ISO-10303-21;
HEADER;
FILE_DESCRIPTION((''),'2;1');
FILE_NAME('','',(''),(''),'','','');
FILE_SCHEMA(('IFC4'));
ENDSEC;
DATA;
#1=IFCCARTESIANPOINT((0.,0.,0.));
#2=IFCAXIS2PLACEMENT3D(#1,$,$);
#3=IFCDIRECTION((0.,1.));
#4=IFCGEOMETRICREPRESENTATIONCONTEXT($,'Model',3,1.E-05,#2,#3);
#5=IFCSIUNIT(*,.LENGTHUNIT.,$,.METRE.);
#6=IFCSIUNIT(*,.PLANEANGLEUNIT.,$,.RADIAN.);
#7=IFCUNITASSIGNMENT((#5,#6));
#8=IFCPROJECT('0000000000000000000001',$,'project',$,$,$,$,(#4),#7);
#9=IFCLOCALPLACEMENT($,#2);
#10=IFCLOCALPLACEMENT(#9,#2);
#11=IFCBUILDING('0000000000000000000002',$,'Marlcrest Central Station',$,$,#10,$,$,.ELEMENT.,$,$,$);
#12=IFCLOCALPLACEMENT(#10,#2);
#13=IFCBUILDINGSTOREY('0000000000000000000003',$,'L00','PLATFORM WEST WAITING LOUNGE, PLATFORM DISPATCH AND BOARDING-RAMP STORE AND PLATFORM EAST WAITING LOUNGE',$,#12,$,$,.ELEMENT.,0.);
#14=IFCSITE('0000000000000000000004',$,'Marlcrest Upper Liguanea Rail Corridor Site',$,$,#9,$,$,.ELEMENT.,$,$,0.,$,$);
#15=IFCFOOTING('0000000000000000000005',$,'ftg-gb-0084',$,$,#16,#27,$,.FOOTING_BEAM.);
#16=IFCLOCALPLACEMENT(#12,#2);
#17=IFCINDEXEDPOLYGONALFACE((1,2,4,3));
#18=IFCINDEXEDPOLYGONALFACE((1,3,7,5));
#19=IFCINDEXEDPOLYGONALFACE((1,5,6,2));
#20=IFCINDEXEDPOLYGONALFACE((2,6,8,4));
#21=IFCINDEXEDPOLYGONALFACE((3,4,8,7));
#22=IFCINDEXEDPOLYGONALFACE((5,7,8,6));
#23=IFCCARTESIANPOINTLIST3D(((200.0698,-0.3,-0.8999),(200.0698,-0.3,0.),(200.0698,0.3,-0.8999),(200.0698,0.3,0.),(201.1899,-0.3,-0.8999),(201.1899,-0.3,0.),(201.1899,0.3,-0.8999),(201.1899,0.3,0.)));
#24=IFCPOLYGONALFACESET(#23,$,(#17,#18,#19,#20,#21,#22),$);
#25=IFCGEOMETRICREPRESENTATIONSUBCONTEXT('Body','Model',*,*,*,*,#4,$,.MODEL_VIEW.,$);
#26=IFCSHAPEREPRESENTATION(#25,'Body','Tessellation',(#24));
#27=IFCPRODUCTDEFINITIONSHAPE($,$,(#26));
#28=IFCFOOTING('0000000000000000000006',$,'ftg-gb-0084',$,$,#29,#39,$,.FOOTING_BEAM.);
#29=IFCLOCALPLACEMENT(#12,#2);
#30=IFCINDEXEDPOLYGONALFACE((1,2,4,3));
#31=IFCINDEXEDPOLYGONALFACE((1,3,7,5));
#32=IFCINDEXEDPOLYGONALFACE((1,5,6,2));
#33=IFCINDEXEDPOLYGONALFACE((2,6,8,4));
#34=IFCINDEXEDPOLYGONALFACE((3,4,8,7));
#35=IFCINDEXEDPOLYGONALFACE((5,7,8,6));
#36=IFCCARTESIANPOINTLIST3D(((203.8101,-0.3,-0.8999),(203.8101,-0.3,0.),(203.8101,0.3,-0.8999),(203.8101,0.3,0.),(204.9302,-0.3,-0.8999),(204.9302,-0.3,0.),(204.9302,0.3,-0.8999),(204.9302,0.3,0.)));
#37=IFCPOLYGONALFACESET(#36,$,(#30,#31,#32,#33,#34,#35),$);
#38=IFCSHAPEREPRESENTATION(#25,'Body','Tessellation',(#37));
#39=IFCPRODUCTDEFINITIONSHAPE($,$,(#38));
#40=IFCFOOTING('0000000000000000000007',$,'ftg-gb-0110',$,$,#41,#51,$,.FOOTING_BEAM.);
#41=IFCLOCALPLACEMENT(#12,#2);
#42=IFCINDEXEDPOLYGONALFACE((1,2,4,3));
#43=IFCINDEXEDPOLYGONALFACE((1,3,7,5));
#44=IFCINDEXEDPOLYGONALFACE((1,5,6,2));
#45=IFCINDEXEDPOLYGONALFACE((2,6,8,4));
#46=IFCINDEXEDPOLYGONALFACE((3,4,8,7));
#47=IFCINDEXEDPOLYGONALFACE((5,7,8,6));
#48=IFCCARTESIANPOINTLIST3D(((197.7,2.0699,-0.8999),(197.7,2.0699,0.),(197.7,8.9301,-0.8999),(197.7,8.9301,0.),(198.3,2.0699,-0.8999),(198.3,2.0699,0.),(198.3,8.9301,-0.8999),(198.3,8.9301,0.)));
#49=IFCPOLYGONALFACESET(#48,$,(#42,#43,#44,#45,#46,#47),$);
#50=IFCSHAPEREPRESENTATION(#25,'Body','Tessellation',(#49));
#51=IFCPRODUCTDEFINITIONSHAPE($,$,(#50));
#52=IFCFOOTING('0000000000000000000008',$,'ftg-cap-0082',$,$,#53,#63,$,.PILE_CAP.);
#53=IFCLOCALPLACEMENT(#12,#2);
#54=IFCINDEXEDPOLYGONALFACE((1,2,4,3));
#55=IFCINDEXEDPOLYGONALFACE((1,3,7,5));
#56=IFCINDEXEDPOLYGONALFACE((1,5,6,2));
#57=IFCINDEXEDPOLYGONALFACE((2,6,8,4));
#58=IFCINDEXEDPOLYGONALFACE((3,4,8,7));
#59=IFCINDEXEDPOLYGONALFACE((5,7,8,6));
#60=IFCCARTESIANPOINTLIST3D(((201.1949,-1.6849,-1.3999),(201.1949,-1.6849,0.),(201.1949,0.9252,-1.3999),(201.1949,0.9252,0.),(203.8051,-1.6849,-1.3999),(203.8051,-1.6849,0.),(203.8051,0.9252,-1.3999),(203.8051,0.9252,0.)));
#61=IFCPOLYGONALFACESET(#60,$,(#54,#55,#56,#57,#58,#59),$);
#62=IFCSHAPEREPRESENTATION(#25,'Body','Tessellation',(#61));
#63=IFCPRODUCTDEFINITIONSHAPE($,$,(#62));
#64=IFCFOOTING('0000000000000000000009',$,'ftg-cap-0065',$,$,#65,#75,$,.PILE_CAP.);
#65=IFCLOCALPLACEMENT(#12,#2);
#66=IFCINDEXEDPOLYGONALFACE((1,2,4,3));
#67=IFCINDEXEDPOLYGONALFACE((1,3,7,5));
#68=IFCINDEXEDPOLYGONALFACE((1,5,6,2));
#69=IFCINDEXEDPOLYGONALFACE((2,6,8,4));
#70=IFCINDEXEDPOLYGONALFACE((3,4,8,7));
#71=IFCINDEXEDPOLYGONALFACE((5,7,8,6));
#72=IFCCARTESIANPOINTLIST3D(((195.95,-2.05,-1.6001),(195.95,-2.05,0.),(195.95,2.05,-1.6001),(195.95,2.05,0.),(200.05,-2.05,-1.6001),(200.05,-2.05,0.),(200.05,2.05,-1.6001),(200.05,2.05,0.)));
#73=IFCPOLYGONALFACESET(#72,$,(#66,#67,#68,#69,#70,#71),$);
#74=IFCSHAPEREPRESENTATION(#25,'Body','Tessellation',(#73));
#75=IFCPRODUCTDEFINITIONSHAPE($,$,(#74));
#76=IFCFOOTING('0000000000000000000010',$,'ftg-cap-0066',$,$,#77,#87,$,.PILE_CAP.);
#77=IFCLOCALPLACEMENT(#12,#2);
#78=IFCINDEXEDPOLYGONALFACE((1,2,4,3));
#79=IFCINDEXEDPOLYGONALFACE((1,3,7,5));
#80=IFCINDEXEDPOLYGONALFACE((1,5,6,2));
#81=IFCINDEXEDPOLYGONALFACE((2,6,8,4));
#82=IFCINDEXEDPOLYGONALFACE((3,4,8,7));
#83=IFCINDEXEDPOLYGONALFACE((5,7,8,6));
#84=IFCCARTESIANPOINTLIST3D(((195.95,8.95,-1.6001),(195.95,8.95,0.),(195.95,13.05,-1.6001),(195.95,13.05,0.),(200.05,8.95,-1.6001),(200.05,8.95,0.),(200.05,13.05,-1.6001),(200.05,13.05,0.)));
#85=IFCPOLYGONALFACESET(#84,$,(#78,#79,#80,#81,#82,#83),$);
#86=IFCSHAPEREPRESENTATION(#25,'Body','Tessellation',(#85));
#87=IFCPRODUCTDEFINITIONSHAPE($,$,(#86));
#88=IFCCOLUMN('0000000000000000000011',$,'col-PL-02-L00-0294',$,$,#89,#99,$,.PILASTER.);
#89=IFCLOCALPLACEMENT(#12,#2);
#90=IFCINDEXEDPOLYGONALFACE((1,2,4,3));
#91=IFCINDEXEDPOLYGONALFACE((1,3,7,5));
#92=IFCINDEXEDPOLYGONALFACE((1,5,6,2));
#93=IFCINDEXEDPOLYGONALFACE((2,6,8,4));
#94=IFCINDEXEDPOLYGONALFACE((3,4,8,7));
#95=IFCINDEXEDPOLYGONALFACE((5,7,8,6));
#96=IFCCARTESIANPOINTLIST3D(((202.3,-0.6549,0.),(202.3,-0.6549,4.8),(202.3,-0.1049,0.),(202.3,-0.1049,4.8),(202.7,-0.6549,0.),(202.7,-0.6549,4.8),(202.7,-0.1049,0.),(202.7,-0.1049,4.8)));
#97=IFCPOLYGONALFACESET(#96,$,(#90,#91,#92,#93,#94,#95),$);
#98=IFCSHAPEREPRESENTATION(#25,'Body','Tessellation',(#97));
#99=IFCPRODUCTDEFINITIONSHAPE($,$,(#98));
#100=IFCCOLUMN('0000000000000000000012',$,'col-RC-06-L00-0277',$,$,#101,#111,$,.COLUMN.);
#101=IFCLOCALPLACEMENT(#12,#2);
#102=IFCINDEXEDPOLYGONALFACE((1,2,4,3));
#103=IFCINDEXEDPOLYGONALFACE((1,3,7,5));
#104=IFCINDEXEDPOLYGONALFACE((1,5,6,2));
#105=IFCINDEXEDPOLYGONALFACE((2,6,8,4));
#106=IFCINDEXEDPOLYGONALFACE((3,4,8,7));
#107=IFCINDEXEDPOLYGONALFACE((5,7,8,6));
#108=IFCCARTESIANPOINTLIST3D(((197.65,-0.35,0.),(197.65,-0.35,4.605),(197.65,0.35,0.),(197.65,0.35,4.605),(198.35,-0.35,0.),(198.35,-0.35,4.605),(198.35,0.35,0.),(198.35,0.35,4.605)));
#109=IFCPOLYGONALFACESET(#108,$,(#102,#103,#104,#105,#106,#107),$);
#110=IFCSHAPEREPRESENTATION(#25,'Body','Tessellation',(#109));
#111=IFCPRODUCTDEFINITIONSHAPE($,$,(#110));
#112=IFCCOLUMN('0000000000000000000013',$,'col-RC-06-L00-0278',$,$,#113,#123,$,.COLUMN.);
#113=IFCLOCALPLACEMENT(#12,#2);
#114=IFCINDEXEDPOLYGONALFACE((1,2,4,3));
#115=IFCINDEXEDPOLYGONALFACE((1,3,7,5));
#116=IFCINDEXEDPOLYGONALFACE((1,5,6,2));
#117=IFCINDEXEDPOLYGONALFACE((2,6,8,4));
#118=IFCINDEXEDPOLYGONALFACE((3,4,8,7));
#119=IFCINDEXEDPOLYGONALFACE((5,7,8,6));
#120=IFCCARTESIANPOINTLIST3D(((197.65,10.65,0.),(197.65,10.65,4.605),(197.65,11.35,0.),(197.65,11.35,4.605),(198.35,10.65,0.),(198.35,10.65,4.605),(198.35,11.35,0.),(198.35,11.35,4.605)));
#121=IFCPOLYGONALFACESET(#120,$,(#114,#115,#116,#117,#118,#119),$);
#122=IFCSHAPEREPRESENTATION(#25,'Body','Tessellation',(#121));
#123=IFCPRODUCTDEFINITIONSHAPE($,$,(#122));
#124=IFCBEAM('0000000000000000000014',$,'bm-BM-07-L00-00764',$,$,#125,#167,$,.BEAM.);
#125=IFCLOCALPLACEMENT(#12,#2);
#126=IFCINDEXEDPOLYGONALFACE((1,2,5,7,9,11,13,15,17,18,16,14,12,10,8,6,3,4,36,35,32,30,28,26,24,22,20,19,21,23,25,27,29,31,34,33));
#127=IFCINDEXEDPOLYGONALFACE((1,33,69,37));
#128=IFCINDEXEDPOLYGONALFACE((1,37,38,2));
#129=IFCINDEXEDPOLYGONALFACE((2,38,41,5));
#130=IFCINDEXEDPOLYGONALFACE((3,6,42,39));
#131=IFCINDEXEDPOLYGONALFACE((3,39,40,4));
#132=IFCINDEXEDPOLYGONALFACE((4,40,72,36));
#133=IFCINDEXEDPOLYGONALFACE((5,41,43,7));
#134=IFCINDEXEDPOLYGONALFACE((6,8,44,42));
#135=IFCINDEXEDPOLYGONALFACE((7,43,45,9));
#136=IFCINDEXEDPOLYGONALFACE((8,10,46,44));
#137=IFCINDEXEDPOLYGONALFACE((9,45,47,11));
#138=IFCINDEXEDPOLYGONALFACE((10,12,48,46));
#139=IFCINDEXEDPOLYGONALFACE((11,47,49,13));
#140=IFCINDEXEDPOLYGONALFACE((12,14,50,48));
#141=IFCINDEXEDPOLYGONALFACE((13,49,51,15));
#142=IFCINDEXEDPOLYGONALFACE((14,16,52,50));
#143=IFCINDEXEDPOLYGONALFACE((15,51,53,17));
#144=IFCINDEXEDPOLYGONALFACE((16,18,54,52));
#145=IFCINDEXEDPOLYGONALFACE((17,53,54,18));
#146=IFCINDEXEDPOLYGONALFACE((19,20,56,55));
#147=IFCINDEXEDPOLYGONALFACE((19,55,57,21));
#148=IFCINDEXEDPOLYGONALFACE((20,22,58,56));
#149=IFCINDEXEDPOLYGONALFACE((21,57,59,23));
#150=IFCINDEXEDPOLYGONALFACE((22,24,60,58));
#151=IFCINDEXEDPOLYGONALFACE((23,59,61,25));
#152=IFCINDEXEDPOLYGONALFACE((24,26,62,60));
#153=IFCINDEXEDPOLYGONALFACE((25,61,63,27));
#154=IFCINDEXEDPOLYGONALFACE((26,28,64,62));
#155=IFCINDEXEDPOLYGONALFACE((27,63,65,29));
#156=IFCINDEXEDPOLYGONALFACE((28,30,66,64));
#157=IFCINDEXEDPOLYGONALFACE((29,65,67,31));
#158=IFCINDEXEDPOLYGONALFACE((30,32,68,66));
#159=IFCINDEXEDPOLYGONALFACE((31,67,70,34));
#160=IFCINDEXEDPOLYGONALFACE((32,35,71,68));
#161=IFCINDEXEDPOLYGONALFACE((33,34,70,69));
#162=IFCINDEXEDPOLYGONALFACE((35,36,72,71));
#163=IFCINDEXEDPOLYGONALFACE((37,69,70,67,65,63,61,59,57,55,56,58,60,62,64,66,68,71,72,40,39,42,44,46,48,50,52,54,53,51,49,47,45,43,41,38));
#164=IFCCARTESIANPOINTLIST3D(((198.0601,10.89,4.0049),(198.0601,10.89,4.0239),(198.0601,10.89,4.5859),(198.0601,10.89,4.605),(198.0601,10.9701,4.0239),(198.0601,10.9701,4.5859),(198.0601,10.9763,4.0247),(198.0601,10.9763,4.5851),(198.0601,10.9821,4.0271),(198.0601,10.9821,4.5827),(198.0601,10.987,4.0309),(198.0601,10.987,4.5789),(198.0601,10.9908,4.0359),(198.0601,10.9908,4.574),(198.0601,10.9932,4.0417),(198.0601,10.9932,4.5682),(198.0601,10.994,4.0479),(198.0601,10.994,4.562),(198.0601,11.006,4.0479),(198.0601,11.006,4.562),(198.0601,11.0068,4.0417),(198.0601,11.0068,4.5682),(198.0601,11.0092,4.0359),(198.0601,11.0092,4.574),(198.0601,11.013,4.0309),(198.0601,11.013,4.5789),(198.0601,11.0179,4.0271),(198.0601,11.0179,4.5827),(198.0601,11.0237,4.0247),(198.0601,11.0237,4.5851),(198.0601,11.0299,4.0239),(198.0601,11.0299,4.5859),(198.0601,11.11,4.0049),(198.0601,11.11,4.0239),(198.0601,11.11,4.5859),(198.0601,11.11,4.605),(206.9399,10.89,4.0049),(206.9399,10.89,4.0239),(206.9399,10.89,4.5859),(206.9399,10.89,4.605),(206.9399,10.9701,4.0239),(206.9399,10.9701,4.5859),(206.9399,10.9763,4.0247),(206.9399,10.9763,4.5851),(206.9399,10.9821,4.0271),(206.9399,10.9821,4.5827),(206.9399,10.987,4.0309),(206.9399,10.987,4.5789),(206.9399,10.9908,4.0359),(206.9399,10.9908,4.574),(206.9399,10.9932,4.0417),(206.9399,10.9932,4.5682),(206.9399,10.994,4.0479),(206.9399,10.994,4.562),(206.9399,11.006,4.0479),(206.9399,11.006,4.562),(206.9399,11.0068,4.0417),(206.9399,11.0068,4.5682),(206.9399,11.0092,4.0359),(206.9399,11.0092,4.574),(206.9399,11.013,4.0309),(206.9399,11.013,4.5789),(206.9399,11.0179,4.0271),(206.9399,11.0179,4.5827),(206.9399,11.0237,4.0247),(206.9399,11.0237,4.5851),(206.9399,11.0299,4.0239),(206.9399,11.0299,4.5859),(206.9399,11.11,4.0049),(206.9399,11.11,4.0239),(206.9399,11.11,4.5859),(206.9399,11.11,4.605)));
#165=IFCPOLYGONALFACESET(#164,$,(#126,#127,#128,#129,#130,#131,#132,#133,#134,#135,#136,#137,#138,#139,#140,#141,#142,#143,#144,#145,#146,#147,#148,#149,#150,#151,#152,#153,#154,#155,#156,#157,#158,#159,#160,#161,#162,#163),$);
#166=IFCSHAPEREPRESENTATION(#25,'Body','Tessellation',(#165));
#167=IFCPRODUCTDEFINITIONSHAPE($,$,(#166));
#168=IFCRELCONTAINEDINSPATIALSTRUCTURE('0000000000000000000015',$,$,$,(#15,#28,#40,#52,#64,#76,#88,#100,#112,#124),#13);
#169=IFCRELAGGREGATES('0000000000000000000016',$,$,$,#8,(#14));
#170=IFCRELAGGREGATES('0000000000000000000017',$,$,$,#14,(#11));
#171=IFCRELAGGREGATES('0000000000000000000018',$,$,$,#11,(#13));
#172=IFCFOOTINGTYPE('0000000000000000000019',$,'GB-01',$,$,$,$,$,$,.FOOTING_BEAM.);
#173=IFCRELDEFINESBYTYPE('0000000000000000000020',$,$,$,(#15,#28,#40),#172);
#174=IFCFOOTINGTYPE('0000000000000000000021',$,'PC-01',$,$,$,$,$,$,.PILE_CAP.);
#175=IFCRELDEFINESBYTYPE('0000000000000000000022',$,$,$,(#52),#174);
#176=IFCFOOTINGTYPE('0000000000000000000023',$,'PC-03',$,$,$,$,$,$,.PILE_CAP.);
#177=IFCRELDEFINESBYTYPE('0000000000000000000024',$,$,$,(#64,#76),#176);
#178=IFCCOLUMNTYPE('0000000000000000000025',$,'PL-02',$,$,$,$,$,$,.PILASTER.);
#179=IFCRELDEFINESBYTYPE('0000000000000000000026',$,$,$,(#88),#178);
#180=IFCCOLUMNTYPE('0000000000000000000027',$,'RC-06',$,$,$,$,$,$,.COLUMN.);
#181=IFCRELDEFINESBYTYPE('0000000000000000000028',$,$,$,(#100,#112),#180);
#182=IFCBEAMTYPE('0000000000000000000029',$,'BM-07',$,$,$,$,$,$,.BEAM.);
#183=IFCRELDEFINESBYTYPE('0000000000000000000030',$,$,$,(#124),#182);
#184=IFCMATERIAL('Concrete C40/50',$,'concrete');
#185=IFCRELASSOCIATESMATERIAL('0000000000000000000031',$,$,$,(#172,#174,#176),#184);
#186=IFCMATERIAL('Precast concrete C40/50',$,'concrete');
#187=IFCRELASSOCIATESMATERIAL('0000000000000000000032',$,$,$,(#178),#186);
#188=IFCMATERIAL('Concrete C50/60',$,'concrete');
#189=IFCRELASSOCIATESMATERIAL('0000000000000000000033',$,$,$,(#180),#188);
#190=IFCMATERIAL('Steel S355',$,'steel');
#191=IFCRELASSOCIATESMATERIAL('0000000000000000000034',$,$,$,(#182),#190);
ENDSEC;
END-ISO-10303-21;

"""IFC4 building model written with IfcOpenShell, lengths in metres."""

from ifc_helpers import new_model, si_unit, direction, frame, origin, origin_2d, place, context, subcontext, project, spatial, rectangle, i_section, extrude, material, material_profile, profile_set, type_object, element, save


model = new_model("IFC4")

# Units and contexts
model_context = context("Model", 3, precision=1e-05, world=origin(), true_north=direction((0.0, 1.0)))
body_context = subcontext(model_context, "Body", "Model", "MODEL_VIEW")
ifc_project = project(units=[si_unit("LENGTHUNIT", "METRE"), si_unit("PLANEANGLEUNIT", "RADIAN")], contexts=[model_context])

# Site, building, storey
site_placement = place(None, origin())
site = spatial("IfcSite", under=ifc_project, at=site_placement, Name="Marlcrest Upper Liguanea Rail Corridor Site", CompositionType="ELEMENT", RefElevation=0.0)
building_placement = place(site_placement, origin())
building = spatial("IfcBuilding", under=site, at=building_placement, Name="Marlcrest Central Station", CompositionType="ELEMENT")
storey_placement = place(building_placement, origin())
storey = spatial("IfcBuildingStorey", under=building, at=storey_placement, Name="L00", Description="PLATFORM WEST WAITING LOUNGE, PLATFORM DISPATCH AND BOARDING-RAMP STORE AND PLATFORM EAST WAITING LOUNGE", CompositionType="ELEMENT", Elevation=0.0)

# Footings
ifc_material_1 = material(Name="Concrete C40/50", Category="concrete")
footing_type_1 = type_object("IfcFootingType", Name="GB-01", PredefinedType="FOOTING_BEAM", material=ifc_material_1)
for number, where, z_axis, x_axis, name in (
    (1, (200.6299, 0.0, -0.8999), (0.0, 0.0, 1.0), (1.0, 0.0, 0.0), "ftg-gb-0084"),
    (2, (204.3701, 0.0, -0.8999), (0.0, 0.0, 1.0), (1.0, 0.0, 0.0), "ftg-gb-0084"),
):
    element("IfcFooting", number, at=place(storey_placement, frame(where, z_axis=z_axis, x_axis=x_axis)), inside=storey, type_object=footing_type_1, Name=name, PredefinedType="FOOTING_BEAM", context=body_context, shape_type="SweptSolid", body=[
        extrude(rectangle(XDim=1.1201, YDim=0.6001, at=origin_2d()), origin(), (0.0, 0.0, 1.0), 0.8999),
    ])
footing_1_placement = place(storey_placement, frame((198.0, 5.5, -0.8999), z_axis=(0.0, 0.0, 1.0), x_axis=(1.0, 0.0, 0.0)))
element("IfcFooting", 3, at=footing_1_placement, inside=storey, type_object=footing_type_1, Name="ftg-gb-0110", PredefinedType="FOOTING_BEAM", context=body_context, shape_type="SweptSolid", body=[
    extrude(rectangle(XDim=0.6001, YDim=6.8601, at=origin_2d()), origin(), (0.0, 0.0, 1.0), 0.8999),
])
footing_type_2 = type_object("IfcFootingType", Name="PC-01", PredefinedType="PILE_CAP", material=ifc_material_1)
footing_2_placement = place(storey_placement, frame((202.5, -0.3799, -1.3999), z_axis=(0.0, 0.0, 1.0), x_axis=(1.0, 0.0, 0.0)))
element("IfcFooting", 4, at=footing_2_placement, inside=storey, type_object=footing_type_2, Name="ftg-cap-0082", PredefinedType="PILE_CAP", context=body_context, shape_type="SweptSolid", body=[
    extrude(rectangle(XDim=2.6101, YDim=2.6101, at=origin_2d()), origin(), (0.0, 0.0, 1.0), 1.3999),
])
footing_type_3 = type_object("IfcFootingType", Name="PC-03", PredefinedType="PILE_CAP", material=ifc_material_1)
for number, where, z_axis, x_axis, name in (
    (5, (198.0, 0.0, -1.6001), (0.0, 0.0, 1.0), (1.0, 0.0, 0.0), "ftg-cap-0065"),
    (6, (198.0, 11.0, -1.6001), (0.0, 0.0, 1.0), (1.0, 0.0, 0.0), "ftg-cap-0066"),
):
    element("IfcFooting", number, at=place(storey_placement, frame(where, z_axis=z_axis, x_axis=x_axis)), inside=storey, type_object=footing_type_3, Name=name, PredefinedType="PILE_CAP", context=body_context, shape_type="SweptSolid", body=[
        extrude(rectangle(XDim=4.1001, YDim=4.1001, at=origin_2d()), origin(), (0.0, 0.0, 1.0), 1.6001),
    ])

# Columns
ifc_material_2 = material(Name="Precast concrete C40/50", Category="concrete")
ifc_material_profile_1 = material_profile(ifc_material_2, rectangle(XDim=0.3999, YDim=0.55, at=origin_2d()), Name="PIL 400x550")
ifc_profile_set_1 = profile_set([ifc_material_profile_1], Name="Precast concrete C40/50")
column_type_1 = type_object("IfcColumnType", Name="PL-02", PredefinedType="PILASTER", material=ifc_profile_set_1)
column_placement = place(storey_placement, frame((202.5, -0.3799, 0.0), z_axis=(0.0, 0.0, 1.0), x_axis=(1.0, 0.0, 0.0)))
element("IfcColumn", 7, at=column_placement, inside=storey, type_object=column_type_1, Name="col-PL-02-L00-0294", PredefinedType="PILASTER", context=body_context, shape_type="SweptSolid", body=[
    extrude(rectangle(XDim=0.3999, YDim=0.55, at=origin_2d()), origin(), (0.0, 0.0, 1.0), 4.8),
])
ifc_material_3 = material(Name="Concrete C50/60", Category="concrete")
ifc_material_profile_2 = material_profile(ifc_material_3, rectangle(XDim=0.7, YDim=0.7, at=origin_2d()), Name="RC 700x700")
ifc_profile_set_2 = profile_set([ifc_material_profile_2], Name="Concrete C50/60")
column_type_2 = type_object("IfcColumnType", Name="RC-06", PredefinedType="COLUMN", material=ifc_profile_set_2)
for number, where, z_axis, x_axis, name in (
    (8, (198.0, 0.0, 0.0), (0.0, 0.0, 1.0), (1.0, 0.0, 0.0), "col-RC-06-L00-0277"),
    (9, (198.0, 11.0, 0.0), (0.0, 0.0, 1.0), (1.0, 0.0, 0.0), "col-RC-06-L00-0278"),
):
    element("IfcColumn", number, at=place(storey_placement, frame(where, z_axis=z_axis, x_axis=x_axis)), inside=storey, type_object=column_type_2, Name=name, PredefinedType="COLUMN", context=body_context, shape_type="SweptSolid", body=[
        extrude(rectangle(XDim=0.7, YDim=0.7, at=origin_2d()), origin(), (0.0, 0.0, 1.0), 4.605),
    ])

# Beam
ifc_material_4 = material(Name="Steel S355", Category="steel")
ifc_material_profile_3 = material_profile(ifc_material_4, i_section(OverallWidth=0.22, OverallDepth=0.6001, WebThickness=0.012, FlangeThickness=0.019, FilletRadius=0.0239, at=origin_2d()), Name="IPE 600")
ifc_profile_set_3 = profile_set([ifc_material_profile_3], Name="Steel S355")
beam_type_1 = type_object("IfcBeamType", Name="BM-07", PredefinedType="BEAM", material=ifc_profile_set_3)
beam_1_placement = place(storey_placement, frame((198.0601, 11.0, 4.3049), z_axis=(1.0, 0.0, 0.0), x_axis=(0.0, 1.0, 0.0)))
element("IfcBeam", 10, at=beam_1_placement, inside=storey, type_object=beam_type_1, Name="bm-BM-07-L00-00764", PredefinedType="BEAM", context=body_context, shape_type="SweptSolid", body=[
    extrude(i_section(OverallWidth=0.22, OverallDepth=0.6001, WebThickness=0.012, FlangeThickness=0.019, FilletRadius=0.0239, at=origin_2d()), origin(), (0.0, 0.0, 1.0), 8.8799),
])

save(model, "model.ifc")
